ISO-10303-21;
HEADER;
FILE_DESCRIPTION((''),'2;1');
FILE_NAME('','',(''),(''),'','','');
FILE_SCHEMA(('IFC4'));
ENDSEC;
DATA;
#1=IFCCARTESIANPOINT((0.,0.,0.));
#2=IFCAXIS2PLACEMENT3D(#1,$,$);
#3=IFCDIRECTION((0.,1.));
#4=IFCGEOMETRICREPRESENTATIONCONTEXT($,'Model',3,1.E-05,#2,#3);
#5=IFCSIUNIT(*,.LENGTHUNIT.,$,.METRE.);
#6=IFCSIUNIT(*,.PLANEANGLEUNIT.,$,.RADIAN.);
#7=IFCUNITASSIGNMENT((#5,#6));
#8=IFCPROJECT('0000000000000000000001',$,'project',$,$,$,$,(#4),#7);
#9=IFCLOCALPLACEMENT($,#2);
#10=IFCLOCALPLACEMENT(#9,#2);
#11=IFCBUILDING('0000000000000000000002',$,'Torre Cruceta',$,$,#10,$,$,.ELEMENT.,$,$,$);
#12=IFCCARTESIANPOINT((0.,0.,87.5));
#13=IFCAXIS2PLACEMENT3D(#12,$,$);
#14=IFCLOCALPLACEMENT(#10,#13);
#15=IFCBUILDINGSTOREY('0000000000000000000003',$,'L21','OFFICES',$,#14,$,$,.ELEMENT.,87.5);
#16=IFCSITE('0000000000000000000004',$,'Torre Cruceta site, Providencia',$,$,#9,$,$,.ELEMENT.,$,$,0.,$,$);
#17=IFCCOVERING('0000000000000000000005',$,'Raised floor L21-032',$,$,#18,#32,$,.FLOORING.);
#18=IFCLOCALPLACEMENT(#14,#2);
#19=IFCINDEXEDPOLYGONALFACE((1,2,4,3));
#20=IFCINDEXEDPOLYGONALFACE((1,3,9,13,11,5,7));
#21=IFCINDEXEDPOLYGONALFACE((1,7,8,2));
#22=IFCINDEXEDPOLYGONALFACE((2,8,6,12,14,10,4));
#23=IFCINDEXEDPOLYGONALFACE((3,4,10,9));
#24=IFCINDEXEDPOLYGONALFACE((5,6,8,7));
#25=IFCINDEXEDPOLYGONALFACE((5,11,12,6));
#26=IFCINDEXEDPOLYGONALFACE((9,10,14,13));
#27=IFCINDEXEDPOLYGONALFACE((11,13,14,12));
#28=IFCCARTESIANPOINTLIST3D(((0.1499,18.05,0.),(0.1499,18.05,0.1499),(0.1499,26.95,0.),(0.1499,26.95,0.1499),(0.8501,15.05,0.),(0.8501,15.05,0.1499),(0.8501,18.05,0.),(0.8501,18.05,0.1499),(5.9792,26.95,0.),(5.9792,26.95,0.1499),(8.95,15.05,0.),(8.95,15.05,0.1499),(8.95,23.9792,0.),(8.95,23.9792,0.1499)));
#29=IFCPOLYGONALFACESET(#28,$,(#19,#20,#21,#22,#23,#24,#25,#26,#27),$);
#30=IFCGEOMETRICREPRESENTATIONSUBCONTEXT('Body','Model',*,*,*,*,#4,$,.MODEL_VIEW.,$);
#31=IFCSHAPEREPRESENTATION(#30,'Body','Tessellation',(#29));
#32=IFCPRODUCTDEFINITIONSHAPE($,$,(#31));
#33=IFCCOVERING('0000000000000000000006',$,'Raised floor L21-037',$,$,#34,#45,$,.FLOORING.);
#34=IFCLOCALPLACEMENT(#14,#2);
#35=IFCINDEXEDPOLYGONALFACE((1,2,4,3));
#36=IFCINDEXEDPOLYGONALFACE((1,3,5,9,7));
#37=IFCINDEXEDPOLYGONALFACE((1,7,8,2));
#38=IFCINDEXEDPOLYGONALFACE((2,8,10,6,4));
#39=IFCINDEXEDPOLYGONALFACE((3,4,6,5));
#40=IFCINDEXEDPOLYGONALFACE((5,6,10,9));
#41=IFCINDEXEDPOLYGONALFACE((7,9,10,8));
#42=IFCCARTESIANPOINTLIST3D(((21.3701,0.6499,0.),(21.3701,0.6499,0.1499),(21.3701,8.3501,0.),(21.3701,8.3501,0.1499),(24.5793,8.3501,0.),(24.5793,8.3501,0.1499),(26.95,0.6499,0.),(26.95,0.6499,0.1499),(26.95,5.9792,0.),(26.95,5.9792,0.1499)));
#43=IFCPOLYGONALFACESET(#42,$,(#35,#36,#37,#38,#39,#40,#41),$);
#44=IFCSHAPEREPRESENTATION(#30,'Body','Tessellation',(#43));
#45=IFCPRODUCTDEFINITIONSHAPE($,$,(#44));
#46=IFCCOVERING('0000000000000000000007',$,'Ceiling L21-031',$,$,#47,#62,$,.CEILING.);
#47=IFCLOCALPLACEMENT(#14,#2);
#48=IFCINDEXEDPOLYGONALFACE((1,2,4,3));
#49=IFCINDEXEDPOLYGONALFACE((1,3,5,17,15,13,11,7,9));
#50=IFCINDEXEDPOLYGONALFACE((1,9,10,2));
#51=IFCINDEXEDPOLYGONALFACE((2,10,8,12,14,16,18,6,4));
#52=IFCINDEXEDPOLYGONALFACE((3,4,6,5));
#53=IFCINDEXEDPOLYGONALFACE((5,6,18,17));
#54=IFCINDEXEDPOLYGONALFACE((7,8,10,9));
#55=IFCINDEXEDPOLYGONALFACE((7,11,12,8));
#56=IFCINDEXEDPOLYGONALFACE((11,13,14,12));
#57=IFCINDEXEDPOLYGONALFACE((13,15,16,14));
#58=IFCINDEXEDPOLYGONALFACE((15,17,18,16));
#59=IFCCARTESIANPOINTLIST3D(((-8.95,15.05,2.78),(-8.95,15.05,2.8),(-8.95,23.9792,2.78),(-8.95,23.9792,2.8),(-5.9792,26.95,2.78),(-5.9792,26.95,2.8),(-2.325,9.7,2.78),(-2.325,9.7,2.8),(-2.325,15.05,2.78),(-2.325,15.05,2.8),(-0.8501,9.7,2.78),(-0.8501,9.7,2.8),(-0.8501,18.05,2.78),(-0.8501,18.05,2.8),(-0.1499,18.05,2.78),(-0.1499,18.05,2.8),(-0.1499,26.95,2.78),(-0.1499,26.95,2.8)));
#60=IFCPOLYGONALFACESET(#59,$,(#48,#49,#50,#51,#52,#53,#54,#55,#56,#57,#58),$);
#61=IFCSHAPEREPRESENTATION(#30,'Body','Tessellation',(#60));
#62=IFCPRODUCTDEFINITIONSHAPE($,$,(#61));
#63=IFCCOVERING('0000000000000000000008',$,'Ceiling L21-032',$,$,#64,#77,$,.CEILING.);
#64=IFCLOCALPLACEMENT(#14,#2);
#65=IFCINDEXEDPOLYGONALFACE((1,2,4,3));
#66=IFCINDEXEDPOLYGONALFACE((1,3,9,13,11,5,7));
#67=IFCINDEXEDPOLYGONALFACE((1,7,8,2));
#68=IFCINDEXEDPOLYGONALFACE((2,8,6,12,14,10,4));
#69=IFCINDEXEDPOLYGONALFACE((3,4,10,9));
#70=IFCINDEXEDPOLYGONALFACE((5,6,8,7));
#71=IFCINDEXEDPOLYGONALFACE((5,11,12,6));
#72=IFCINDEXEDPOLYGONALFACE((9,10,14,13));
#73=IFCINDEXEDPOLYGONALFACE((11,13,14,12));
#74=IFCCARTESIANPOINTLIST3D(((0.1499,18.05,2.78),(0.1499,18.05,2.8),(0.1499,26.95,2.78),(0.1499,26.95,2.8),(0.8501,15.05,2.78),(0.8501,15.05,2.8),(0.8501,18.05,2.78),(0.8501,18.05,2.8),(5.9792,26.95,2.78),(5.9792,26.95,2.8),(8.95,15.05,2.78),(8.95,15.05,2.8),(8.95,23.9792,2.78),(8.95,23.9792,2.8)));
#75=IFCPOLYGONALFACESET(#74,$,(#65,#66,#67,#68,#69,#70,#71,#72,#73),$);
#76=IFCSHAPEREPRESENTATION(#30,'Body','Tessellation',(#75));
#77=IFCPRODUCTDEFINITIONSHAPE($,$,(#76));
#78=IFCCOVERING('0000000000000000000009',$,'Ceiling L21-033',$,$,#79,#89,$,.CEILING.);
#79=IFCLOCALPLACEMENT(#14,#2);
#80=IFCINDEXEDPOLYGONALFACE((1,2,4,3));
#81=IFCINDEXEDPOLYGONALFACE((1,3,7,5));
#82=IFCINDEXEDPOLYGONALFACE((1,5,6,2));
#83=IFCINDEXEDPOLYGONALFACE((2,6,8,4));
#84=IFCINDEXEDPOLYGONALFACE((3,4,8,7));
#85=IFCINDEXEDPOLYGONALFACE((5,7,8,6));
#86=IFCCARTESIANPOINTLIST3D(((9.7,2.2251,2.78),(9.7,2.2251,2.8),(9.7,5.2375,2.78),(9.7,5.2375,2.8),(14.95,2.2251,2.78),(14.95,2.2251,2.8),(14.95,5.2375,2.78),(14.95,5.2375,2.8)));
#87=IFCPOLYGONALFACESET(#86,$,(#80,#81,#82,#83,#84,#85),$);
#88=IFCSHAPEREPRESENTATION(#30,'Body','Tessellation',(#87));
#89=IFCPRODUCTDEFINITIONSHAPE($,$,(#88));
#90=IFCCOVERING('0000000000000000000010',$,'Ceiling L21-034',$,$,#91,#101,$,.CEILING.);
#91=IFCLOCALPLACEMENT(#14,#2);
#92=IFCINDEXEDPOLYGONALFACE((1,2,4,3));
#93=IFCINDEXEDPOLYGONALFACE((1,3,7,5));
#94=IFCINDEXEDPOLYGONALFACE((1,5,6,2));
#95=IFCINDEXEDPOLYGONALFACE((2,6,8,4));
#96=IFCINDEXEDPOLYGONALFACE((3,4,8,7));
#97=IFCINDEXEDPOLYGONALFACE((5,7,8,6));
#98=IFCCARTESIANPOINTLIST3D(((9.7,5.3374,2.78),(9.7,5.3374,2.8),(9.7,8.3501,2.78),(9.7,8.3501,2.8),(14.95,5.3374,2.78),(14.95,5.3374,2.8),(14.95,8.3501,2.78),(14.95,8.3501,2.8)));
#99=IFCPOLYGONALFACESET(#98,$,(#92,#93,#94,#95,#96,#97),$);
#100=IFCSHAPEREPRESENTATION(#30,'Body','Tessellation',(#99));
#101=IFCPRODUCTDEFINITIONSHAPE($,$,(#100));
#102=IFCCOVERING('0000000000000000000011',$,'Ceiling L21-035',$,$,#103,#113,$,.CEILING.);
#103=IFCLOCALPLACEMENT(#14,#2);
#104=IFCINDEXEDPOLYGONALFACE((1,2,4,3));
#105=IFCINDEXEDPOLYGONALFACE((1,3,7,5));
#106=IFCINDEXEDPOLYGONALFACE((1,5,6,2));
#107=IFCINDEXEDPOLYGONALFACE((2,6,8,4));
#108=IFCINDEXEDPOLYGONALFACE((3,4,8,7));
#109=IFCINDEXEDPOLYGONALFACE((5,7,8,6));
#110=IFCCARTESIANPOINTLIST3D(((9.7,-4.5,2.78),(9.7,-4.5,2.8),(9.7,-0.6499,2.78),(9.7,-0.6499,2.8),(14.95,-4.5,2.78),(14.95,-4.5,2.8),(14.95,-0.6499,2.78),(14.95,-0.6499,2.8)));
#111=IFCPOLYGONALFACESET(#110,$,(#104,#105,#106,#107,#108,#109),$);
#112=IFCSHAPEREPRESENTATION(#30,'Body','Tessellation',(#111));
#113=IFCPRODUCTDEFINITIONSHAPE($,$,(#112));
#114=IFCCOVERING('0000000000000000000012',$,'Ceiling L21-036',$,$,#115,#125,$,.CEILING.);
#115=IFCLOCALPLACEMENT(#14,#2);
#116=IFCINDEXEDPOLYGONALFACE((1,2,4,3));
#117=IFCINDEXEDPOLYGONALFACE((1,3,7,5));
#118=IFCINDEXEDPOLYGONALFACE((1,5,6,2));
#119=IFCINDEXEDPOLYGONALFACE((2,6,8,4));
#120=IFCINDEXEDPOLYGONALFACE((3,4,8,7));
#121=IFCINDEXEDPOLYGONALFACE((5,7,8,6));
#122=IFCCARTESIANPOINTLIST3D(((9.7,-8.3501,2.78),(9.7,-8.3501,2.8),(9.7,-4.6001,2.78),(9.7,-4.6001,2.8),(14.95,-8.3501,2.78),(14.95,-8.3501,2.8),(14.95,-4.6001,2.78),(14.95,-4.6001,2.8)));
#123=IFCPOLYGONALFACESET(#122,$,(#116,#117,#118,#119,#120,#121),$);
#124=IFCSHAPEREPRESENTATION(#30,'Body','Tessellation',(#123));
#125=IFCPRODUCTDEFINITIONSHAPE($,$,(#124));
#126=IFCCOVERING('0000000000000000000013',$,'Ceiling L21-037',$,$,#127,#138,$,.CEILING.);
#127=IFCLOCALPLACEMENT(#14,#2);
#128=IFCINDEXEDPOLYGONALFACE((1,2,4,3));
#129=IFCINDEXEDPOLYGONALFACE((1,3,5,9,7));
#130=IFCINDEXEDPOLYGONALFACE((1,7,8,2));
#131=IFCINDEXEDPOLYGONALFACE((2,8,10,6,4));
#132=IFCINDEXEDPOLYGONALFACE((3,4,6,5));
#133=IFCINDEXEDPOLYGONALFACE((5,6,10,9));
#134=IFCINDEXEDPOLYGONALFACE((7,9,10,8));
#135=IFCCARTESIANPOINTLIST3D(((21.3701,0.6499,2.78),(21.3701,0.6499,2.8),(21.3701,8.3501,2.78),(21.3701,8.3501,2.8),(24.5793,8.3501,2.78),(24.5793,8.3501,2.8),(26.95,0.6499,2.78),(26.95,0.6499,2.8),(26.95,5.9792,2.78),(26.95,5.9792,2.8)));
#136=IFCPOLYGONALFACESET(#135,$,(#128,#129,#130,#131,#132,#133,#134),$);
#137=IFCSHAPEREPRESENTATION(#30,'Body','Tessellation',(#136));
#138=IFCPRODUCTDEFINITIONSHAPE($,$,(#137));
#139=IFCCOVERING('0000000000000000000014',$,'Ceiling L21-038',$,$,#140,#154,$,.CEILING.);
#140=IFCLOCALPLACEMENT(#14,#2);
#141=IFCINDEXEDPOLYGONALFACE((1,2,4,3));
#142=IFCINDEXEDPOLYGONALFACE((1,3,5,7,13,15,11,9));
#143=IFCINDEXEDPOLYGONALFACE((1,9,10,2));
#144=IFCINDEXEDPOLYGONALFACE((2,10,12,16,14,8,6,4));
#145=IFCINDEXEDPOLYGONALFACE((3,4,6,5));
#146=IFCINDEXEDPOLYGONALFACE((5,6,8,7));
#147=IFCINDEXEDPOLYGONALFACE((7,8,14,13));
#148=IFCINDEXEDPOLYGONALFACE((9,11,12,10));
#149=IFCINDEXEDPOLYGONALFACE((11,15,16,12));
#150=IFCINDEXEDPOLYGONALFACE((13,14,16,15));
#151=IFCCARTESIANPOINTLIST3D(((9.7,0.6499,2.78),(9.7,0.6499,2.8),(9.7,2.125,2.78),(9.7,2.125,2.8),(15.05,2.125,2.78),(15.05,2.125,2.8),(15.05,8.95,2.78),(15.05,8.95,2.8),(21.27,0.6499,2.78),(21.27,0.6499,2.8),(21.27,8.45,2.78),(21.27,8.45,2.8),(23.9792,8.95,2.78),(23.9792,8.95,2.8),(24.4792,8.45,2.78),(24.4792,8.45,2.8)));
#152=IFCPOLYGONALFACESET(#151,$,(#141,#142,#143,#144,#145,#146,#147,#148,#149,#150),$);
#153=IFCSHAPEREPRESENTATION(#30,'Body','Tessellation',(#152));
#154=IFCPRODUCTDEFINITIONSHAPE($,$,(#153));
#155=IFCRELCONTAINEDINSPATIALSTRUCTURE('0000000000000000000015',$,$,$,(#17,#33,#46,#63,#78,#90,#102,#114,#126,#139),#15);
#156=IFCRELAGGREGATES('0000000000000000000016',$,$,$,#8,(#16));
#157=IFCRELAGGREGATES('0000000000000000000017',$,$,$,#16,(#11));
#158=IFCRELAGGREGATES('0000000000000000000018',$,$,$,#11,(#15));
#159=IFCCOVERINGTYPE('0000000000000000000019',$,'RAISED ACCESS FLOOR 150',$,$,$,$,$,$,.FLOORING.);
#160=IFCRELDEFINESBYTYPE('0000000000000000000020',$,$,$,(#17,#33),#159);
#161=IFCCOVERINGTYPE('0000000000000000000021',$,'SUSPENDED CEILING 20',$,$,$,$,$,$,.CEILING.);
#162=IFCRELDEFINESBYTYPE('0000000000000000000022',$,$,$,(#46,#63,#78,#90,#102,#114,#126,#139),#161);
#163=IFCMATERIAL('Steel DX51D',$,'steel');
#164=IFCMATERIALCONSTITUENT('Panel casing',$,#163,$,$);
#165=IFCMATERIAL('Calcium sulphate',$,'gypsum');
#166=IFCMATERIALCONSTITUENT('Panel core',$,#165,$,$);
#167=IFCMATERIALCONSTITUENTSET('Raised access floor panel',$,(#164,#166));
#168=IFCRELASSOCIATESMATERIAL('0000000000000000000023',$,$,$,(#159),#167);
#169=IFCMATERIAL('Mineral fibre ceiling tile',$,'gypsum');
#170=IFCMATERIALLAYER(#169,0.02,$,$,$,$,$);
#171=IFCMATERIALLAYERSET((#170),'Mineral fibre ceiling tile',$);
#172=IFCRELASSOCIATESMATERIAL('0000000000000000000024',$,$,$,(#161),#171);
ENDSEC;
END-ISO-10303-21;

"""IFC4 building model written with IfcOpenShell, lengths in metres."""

from ifc_helpers import new_model, si_unit, direction, frame, origin, place, context, subcontext, project, spatial, polyline, outline, extrude, material, layer, layer_set, constituent, constituent_set, type_object, element, save


model = new_model("IFC4")

# Units and contexts
model_context = context("Model", 3, precision=1e-05, world=origin(), true_north=direction((0.0, 1.0)))
body_context = subcontext(model_context, "Body", "Model", "MODEL_VIEW")
ifc_project = project(units=[si_unit("LENGTHUNIT", "METRE"), si_unit("PLANEANGLEUNIT", "RADIAN")], contexts=[model_context])

# Site, building, storey
site_placement = place(None, origin())
site = spatial("IfcSite", under=ifc_project, at=site_placement, Name="Torre Cruceta site, Providencia", CompositionType="ELEMENT", RefElevation=0.0)
building_placement = place(site_placement, origin())
building = spatial("IfcBuilding", under=site, at=building_placement, Name="Torre Cruceta", CompositionType="ELEMENT")
storey_placement = place(building_placement, frame((0.0, 0.0, 87.5)))
storey = spatial("IfcBuildingStorey", under=building, at=storey_placement, Name="L21", Description="OFFICES", CompositionType="ELEMENT", Elevation=87.5)

# Coverings
ifc_material_1 = material(Name="Steel DX51D", Category="steel")
ifc_constituent_1 = constituent(ifc_material_1, Name="Panel casing")
ifc_material_2 = material(Name="Calcium sulphate", Category="gypsum")
ifc_constituent_2 = constituent(ifc_material_2, Name="Panel core")
ifc_constituent_set_1 = constituent_set(constituents=[ifc_constituent_1, ifc_constituent_2], Name="Raised access floor panel")
covering_type_1 = type_object("IfcCoveringType", Name="RAISED ACCESS FLOOR 150", PredefinedType="FLOORING", material=ifc_constituent_set_1)
covering_1_placement = place(storey_placement, origin())
element("IfcCovering", 1, at=covering_1_placement, inside=storey, type_object=covering_type_1, Name="Raised floor L21-032", PredefinedType="FLOORING", context=body_context, shape_type="SweptSolid", body=[
    extrude(outline(polyline([(5.9792, 26.95), (8.95, 23.9792), (8.95, 15.05), (0.8501, 15.05), (0.8501, 18.05), (0.1499, 18.05), (0.1499, 26.95), (5.9792, 26.95)])), origin(), (0.0, 0.0, 1.0), 0.1499),
])
covering_2_placement = place(storey_placement, origin())
element("IfcCovering", 2, at=covering_2_placement, inside=storey, type_object=covering_type_1, Name="Raised floor L21-037", PredefinedType="FLOORING", context=body_context, shape_type="SweptSolid", body=[
    extrude(outline(polyline([(26.95, 0.6499), (21.3701, 0.6499), (21.3701, 8.3501), (24.5793, 8.3501), (26.95, 5.9792), (26.95, 0.6499)])), origin(), (0.0, 0.0, 1.0), 0.1499),
])
ifc_material_3 = material(Name="Mineral fibre ceiling tile", Category="gypsum")
ifc_layer_1 = layer(ifc_material_3, 0.02)
ifc_layer_set_1 = layer_set([ifc_layer_1], Name="Mineral fibre ceiling tile")
covering_type_2 = type_object("IfcCoveringType", Name="SUSPENDED CEILING 20", PredefinedType="CEILING", material=ifc_layer_set_1)
covering_3_placement = place(storey_placement, frame((0.0, 0.0, 2.78)))
element("IfcCovering", 3, at=covering_3_placement, inside=storey, type_object=covering_type_2, Name="Ceiling L21-031", PredefinedType="CEILING", context=body_context, shape_type="SweptSolid", body=[
    extrude(outline(polyline([(-0.1499, 26.95), (-0.1499, 18.05), (-0.8501, 18.05), (-0.8501, 9.7), (-2.325, 9.7), (-2.325, 15.05), (-8.95, 15.05), (-8.95, 23.9792), (-5.9792, 26.95), (-0.1499, 26.95)])), origin(), (0.0, 0.0, 1.0), 0.02),
])
covering_4_placement = place(storey_placement, frame((0.0, 0.0, 2.78)))
element("IfcCovering", 4, at=covering_4_placement, inside=storey, type_object=covering_type_2, Name="Ceiling L21-032", PredefinedType="CEILING", context=body_context, shape_type="SweptSolid", body=[
    extrude(outline(polyline([(5.9792, 26.95), (8.95, 23.9792), (8.95, 15.05), (0.8501, 15.05), (0.8501, 18.05), (0.1499, 18.05), (0.1499, 26.95), (5.9792, 26.95)])), origin(), (0.0, 0.0, 1.0), 0.02),
])
covering_5_placement = place(storey_placement, frame((0.0, 0.0, 2.78)))
element("IfcCovering", 5, at=covering_5_placement, inside=storey, type_object=covering_type_2, Name="Ceiling L21-033", PredefinedType="CEILING", context=body_context, shape_type="SweptSolid", body=[
    extrude(outline(polyline([(9.7, 2.2251), (9.7, 5.2375), (14.95, 5.2375), (14.95, 2.2251), (9.7, 2.2251)])), origin(), (0.0, 0.0, 1.0), 0.02),
])
covering_6_placement = place(storey_placement, frame((0.0, 0.0, 2.78)))
element("IfcCovering", 6, at=covering_6_placement, inside=storey, type_object=covering_type_2, Name="Ceiling L21-034", PredefinedType="CEILING", context=body_context, shape_type="SweptSolid", body=[
    extrude(outline(polyline([(9.7, 5.3374), (9.7, 8.3501), (14.95, 8.3501), (14.95, 5.3374), (9.7, 5.3374)])), origin(), (0.0, 0.0, 1.0), 0.02),
])
covering_7_placement = place(storey_placement, frame((0.0, 0.0, 2.78)))
element("IfcCovering", 7, at=covering_7_placement, inside=storey, type_object=covering_type_2, Name="Ceiling L21-035", PredefinedType="CEILING", context=body_context, shape_type="SweptSolid", body=[
    extrude(outline(polyline([(9.7, -4.5), (9.7, -0.6499), (14.95, -0.6499), (14.95, -4.5), (9.7, -4.5)])), origin(), (0.0, 0.0, 1.0), 0.02),
])
covering_8_placement = place(storey_placement, frame((0.0, 0.0, 2.78)))
element("IfcCovering", 8, at=covering_8_placement, inside=storey, type_object=covering_type_2, Name="Ceiling L21-036", PredefinedType="CEILING", context=body_context, shape_type="SweptSolid", body=[
    extrude(outline(polyline([(9.7, -8.3501), (9.7, -4.6001), (14.95, -4.6001), (14.95, -8.3501), (9.7, -8.3501)])), origin(), (0.0, 0.0, 1.0), 0.02),
])
covering_9_placement = place(storey_placement, frame((0.0, 0.0, 2.78)))
element("IfcCovering", 9, at=covering_9_placement, inside=storey, type_object=covering_type_2, Name="Ceiling L21-037", PredefinedType="CEILING", context=body_context, shape_type="SweptSolid", body=[
    extrude(outline(polyline([(26.95, 0.6499), (21.3701, 0.6499), (21.3701, 8.3501), (24.5793, 8.3501), (26.95, 5.9792), (26.95, 0.6499)])), origin(), (0.0, 0.0, 1.0), 0.02),
])
covering_10_placement = place(storey_placement, frame((0.0, 0.0, 2.78)))
element("IfcCovering", 10, at=covering_10_placement, inside=storey, type_object=covering_type_2, Name="Ceiling L21-038", PredefinedType="CEILING", context=body_context, shape_type="SweptSolid", body=[
    extrude(outline(polyline([(9.7, 2.125), (15.05, 2.125), (15.05, 8.95), (23.9792, 8.95), (24.4792, 8.45), (21.27, 8.45), (21.27, 0.6499), (9.7, 0.6499), (9.7, 2.125)])), origin(), (0.0, 0.0, 1.0), 0.02),
])

save(model, "model.ifc")
